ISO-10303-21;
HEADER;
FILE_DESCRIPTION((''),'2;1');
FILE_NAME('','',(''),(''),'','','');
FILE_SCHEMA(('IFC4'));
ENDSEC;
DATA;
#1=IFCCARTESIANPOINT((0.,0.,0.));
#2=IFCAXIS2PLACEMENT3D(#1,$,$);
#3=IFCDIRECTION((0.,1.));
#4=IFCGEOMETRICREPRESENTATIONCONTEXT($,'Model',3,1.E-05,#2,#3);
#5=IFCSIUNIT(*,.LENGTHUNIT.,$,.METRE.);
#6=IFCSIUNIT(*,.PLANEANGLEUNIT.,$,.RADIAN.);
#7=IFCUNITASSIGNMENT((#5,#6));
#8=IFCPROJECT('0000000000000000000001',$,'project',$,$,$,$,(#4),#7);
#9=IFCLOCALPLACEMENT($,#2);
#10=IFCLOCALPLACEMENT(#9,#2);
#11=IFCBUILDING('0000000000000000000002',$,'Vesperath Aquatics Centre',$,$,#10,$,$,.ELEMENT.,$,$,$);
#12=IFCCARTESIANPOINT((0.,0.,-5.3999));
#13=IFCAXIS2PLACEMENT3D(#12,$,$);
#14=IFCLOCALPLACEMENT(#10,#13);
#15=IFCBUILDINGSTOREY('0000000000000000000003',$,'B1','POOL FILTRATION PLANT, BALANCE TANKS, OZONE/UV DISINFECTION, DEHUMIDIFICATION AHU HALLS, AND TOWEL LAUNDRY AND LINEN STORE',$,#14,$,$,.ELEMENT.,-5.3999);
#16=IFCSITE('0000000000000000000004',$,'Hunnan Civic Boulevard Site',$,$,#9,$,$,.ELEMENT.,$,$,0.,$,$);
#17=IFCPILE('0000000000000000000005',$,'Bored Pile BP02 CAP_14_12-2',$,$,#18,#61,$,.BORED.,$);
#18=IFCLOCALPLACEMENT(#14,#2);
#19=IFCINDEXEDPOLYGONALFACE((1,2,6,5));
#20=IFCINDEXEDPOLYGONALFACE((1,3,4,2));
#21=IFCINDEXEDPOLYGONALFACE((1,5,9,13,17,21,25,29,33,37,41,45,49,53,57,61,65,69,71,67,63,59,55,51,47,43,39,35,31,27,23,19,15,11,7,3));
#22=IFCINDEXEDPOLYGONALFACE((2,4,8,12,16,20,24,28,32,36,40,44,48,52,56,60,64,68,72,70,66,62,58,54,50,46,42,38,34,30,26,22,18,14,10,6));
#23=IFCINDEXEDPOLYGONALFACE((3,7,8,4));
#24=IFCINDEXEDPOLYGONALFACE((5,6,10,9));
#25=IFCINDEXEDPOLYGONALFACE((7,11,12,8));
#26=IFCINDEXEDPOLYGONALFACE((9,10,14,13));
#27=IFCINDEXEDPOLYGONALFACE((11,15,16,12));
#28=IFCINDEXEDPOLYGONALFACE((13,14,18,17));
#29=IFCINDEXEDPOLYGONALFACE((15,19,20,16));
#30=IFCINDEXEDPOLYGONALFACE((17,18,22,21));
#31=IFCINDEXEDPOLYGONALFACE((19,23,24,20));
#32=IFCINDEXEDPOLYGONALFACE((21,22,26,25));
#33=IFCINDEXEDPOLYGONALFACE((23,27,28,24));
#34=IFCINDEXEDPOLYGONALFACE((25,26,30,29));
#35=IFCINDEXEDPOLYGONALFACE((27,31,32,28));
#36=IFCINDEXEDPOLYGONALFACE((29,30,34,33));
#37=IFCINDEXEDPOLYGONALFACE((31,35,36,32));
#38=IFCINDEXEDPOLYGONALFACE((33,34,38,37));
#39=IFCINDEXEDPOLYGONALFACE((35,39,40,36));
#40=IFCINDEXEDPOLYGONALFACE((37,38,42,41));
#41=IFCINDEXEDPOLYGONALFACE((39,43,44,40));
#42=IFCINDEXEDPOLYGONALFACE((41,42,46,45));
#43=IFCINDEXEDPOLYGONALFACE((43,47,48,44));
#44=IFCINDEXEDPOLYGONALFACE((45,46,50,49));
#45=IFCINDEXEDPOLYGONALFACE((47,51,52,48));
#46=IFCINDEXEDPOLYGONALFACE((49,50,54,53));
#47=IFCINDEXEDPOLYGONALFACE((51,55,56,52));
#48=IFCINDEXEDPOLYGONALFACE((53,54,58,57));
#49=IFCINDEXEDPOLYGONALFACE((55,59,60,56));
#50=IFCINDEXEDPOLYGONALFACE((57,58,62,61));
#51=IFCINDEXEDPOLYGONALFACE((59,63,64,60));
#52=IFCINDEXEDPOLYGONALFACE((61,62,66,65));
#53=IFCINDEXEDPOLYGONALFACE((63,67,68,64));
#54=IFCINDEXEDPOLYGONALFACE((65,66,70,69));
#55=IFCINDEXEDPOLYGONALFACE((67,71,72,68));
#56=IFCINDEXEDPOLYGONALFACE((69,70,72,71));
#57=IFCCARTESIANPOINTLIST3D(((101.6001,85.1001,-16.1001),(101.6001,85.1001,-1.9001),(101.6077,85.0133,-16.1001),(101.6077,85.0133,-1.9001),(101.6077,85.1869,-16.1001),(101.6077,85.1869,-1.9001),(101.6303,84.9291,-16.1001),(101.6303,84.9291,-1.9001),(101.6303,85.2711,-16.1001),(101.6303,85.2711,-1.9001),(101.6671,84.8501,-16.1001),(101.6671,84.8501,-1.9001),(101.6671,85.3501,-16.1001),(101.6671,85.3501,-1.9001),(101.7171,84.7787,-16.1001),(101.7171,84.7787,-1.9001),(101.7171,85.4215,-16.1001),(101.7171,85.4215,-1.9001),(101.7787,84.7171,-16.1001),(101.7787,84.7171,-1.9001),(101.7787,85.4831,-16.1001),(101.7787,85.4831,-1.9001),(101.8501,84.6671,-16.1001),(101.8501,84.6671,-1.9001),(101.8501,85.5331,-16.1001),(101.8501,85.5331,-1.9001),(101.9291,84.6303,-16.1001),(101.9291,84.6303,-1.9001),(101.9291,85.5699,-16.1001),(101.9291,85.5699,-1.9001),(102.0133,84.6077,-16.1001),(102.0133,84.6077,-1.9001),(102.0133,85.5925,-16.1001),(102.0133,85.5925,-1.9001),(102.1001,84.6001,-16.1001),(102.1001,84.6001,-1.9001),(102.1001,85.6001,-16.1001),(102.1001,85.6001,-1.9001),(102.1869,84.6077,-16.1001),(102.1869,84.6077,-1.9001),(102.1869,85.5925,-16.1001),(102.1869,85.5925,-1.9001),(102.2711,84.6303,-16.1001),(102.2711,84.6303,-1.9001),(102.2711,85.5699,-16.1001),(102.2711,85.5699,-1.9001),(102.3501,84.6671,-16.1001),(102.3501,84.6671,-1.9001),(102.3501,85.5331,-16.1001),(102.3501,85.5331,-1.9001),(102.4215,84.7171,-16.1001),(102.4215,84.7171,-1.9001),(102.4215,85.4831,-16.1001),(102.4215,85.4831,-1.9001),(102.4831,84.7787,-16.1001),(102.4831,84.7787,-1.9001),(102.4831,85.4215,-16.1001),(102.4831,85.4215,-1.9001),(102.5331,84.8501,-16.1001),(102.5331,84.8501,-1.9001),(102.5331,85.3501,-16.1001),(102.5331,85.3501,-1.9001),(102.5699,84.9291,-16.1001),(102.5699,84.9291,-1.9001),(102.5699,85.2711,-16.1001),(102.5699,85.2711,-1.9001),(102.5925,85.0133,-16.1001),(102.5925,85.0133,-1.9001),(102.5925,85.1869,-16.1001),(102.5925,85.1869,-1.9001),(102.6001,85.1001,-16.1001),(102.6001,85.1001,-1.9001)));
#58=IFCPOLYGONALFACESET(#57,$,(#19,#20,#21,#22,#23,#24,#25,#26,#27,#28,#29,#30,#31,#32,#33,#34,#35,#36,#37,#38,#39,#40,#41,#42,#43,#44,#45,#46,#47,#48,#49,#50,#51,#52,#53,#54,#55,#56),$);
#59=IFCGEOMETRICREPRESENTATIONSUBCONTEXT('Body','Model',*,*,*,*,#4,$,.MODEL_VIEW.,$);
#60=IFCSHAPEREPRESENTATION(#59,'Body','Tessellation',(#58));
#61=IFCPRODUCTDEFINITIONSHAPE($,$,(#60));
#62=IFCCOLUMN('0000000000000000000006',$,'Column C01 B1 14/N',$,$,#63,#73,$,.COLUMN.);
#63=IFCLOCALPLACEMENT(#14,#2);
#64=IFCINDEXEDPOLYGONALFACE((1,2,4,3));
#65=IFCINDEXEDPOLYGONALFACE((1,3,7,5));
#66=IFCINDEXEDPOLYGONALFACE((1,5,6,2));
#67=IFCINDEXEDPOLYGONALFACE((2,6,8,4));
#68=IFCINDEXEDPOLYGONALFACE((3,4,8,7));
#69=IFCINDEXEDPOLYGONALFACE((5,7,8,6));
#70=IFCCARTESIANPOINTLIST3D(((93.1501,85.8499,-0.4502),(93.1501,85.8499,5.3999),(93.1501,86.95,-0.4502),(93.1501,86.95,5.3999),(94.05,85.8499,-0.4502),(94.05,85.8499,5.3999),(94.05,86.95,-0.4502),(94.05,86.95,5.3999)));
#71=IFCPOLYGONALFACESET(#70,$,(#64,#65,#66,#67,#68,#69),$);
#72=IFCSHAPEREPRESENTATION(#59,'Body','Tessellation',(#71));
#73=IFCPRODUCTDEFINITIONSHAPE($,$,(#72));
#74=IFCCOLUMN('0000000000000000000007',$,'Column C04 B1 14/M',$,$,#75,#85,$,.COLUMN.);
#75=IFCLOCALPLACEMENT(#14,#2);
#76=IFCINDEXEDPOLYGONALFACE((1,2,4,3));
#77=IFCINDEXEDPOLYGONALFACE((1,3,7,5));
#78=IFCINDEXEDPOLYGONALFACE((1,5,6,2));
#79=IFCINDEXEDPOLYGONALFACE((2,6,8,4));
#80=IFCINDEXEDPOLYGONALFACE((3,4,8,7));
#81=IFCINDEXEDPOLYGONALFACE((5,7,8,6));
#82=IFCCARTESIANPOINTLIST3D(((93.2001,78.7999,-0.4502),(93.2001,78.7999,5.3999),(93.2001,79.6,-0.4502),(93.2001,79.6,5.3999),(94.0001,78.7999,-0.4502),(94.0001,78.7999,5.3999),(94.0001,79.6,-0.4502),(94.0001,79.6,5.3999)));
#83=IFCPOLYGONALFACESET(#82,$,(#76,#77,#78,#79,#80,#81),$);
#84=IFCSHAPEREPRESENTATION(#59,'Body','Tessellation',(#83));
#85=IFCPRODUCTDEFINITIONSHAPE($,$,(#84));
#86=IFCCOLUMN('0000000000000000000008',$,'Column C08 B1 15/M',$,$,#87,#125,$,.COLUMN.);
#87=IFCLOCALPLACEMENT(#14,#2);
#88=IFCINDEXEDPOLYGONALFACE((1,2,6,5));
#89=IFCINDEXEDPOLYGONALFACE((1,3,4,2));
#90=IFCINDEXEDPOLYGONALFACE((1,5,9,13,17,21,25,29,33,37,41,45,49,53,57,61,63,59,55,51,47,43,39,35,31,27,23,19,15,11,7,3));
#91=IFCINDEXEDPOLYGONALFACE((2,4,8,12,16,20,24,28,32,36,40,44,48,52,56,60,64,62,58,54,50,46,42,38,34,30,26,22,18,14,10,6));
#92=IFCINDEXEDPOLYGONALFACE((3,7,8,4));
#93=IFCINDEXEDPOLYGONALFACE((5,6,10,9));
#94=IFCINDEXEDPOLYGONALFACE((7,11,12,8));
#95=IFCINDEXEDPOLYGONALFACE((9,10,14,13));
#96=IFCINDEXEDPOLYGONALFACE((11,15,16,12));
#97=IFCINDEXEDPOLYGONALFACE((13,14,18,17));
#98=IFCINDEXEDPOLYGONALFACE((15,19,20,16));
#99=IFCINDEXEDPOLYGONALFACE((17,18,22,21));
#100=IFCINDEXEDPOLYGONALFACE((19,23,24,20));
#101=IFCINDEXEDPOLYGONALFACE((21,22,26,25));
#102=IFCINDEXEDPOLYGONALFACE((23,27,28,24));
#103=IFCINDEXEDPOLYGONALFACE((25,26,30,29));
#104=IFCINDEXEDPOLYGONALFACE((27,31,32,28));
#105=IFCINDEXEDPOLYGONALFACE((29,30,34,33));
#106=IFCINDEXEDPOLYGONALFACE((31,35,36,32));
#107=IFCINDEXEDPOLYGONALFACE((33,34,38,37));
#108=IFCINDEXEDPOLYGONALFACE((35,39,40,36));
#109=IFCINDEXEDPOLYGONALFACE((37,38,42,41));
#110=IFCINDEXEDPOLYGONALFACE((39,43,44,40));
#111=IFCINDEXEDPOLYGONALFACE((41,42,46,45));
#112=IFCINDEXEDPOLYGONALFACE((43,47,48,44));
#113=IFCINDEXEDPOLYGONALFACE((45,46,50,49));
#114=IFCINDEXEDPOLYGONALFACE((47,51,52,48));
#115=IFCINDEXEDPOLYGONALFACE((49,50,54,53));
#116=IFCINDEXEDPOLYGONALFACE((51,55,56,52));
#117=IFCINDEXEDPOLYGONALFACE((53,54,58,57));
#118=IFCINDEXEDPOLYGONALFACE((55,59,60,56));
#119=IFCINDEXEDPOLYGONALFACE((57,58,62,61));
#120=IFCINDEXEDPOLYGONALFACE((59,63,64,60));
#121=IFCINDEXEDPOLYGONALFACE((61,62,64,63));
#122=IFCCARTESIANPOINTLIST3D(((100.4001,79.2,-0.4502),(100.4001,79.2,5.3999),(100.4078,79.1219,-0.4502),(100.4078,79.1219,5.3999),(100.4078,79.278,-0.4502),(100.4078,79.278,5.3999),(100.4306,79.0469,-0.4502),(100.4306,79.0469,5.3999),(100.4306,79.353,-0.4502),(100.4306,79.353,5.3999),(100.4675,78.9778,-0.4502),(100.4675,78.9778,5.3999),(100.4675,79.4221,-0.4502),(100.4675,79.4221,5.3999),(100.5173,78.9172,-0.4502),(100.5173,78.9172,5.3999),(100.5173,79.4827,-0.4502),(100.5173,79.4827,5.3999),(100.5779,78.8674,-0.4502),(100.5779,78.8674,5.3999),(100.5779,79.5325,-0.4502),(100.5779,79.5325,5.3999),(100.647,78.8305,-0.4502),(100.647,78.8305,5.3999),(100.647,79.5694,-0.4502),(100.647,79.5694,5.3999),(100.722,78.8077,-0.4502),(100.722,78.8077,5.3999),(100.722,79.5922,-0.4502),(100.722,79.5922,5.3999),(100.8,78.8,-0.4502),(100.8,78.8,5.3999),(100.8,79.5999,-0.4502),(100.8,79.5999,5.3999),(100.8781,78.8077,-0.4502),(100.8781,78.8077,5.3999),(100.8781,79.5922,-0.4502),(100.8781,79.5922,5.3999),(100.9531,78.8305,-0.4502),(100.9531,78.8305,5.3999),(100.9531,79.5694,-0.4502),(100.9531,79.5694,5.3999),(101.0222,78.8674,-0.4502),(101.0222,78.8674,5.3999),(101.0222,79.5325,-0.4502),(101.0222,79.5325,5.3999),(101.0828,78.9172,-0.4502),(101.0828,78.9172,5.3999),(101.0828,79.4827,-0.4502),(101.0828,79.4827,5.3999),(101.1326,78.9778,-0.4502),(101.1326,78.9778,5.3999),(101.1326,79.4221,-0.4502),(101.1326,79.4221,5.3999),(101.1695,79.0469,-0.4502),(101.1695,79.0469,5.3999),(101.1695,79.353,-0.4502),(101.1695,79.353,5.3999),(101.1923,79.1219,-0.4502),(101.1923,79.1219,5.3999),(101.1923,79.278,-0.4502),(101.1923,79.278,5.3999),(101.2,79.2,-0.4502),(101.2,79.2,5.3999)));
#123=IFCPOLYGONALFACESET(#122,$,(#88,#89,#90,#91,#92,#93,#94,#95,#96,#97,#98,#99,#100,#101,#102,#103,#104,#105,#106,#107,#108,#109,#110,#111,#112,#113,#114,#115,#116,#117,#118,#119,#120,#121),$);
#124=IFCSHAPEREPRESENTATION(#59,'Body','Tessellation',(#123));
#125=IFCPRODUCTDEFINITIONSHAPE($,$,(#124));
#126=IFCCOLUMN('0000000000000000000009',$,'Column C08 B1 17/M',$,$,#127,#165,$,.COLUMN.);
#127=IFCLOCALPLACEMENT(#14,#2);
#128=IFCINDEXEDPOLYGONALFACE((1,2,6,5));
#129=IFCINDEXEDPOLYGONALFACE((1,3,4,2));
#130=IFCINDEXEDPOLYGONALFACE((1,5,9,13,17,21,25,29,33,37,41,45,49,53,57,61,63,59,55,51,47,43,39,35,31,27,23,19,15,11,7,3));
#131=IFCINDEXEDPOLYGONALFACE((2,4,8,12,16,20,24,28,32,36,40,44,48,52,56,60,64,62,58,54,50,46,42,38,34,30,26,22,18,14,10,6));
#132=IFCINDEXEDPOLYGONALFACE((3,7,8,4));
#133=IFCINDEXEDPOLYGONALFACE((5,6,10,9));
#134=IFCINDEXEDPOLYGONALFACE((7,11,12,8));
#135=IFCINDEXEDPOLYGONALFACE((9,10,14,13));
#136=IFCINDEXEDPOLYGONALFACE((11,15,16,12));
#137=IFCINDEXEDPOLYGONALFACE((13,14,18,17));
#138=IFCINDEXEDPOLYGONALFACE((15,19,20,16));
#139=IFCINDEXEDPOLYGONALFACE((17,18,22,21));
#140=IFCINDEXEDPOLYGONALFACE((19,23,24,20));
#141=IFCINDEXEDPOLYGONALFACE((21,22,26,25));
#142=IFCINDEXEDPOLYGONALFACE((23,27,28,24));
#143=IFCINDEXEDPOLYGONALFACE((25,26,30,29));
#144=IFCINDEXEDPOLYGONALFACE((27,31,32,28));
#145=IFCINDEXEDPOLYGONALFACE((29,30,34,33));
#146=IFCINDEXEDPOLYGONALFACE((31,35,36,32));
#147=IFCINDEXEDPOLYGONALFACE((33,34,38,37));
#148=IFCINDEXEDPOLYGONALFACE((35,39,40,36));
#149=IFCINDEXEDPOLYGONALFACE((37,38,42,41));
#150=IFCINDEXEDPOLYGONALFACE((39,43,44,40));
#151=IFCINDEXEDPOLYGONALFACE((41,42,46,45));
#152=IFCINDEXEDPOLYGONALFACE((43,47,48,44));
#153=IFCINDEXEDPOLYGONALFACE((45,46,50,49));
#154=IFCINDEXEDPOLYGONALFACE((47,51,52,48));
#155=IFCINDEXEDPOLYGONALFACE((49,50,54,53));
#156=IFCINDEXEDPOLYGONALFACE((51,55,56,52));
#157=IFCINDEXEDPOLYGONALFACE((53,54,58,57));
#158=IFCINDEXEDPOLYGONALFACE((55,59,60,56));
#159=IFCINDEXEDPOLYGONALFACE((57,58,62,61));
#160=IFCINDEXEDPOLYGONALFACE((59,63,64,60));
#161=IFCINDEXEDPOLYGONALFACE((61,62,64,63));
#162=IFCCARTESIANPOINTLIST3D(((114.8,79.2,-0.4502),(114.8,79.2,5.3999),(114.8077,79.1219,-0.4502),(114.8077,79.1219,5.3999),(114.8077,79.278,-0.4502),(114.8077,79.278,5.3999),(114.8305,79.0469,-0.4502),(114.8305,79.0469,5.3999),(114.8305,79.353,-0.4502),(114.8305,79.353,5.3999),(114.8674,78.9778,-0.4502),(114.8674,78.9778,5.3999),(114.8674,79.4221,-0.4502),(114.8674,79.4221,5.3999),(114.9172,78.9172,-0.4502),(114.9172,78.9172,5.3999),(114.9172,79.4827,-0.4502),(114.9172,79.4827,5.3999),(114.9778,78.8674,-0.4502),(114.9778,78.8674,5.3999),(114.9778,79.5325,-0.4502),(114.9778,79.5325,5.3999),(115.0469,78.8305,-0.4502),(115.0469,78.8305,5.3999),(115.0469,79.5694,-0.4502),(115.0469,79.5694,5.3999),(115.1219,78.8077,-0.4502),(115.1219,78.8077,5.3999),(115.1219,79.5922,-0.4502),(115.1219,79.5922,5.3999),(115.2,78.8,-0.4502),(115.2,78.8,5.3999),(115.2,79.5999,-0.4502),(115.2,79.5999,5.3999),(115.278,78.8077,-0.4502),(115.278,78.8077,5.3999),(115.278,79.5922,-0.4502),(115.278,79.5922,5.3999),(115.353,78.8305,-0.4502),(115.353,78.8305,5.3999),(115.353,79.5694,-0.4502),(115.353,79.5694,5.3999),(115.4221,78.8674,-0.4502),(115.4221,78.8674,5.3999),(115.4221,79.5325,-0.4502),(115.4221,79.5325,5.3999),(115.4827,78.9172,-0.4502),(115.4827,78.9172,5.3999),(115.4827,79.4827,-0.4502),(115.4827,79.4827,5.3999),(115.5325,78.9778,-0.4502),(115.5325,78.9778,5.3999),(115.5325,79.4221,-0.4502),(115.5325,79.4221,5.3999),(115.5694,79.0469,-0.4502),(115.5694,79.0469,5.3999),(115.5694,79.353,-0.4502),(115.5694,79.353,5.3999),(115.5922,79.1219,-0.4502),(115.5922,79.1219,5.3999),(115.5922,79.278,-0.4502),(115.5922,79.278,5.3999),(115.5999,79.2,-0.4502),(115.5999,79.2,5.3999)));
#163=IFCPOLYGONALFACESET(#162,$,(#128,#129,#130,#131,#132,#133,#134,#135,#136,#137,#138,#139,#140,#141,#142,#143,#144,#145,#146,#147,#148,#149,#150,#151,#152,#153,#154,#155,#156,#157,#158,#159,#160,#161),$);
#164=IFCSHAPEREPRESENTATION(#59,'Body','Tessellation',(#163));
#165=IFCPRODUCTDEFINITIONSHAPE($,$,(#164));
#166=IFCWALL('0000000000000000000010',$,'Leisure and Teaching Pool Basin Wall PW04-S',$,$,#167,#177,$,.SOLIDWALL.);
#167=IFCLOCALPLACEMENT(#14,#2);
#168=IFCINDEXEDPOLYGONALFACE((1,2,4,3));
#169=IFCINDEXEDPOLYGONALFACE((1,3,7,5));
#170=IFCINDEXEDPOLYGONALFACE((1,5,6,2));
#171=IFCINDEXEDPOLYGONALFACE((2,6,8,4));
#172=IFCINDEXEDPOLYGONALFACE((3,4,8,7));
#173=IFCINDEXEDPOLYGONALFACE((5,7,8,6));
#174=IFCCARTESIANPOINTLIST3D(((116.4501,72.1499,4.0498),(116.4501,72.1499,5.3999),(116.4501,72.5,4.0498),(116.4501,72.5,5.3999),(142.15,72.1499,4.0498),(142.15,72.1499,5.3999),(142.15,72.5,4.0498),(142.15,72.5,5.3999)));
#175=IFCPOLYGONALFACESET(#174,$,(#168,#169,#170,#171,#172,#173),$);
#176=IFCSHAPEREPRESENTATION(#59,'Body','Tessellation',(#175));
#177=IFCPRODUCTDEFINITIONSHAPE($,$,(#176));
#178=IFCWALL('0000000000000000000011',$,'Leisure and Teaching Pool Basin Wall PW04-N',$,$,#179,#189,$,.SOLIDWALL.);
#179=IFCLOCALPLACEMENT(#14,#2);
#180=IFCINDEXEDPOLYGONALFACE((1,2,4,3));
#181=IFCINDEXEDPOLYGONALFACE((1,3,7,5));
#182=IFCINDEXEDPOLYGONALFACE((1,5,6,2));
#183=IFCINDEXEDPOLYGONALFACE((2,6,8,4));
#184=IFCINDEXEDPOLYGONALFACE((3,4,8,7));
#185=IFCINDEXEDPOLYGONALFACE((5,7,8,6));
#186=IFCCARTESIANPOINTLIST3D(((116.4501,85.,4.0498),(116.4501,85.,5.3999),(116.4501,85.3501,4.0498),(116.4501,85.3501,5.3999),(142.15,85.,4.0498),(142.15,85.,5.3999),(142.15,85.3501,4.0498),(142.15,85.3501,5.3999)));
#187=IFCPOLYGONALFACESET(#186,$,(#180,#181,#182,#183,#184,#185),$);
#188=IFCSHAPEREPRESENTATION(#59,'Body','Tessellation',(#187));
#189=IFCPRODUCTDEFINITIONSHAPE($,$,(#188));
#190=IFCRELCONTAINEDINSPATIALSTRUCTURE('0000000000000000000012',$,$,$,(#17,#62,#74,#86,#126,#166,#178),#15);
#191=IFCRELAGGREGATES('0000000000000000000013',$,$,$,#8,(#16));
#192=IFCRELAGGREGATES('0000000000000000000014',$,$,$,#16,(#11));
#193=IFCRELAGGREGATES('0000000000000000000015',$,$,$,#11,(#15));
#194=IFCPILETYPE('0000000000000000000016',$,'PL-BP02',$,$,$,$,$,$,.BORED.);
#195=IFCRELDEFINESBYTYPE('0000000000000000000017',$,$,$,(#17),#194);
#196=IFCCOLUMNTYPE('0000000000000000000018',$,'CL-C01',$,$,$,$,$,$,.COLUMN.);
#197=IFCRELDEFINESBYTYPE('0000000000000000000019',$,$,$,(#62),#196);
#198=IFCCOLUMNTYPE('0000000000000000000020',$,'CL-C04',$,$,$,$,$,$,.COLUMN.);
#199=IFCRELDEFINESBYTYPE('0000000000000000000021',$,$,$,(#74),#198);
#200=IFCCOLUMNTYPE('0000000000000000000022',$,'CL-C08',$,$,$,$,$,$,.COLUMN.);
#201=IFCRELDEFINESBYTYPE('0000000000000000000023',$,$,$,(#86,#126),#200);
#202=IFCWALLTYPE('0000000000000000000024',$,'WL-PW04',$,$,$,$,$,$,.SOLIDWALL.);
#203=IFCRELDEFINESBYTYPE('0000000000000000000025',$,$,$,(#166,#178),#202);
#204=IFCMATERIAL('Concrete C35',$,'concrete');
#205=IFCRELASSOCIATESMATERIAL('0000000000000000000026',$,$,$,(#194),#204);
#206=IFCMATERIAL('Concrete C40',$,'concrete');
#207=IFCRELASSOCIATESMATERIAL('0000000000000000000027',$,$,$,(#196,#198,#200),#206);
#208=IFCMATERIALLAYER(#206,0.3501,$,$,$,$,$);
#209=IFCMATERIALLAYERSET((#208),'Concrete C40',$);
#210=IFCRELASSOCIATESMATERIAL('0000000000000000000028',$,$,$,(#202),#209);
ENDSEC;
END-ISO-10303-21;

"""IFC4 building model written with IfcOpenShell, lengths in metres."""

from ifc_helpers import new_model, si_unit, direction, frame, frame_2d, origin, origin_2d, place, context, subcontext, project, spatial, rectangle, circle, extrude, material, layer, layer_set, material_profile, profile_set, type_object, element, save


model = new_model("IFC4")

# Units and contexts
model_context = context("Model", 3, precision=1e-05, world=origin(), true_north=direction((0.0, 1.0)))
body_context = subcontext(model_context, "Body", "Model", "MODEL_VIEW")
ifc_project = project(units=[si_unit("LENGTHUNIT", "METRE"), si_unit("PLANEANGLEUNIT", "RADIAN")], contexts=[model_context])

# Site, building, storey
site_placement = place(None, origin())
site = spatial("IfcSite", under=ifc_project, at=site_placement, Name="Hunnan Civic Boulevard Site", CompositionType="ELEMENT", RefElevation=0.0)
building_placement = place(site_placement, origin())
building = spatial("IfcBuilding", under=site, at=building_placement, Name="Vesperath Aquatics Centre", CompositionType="ELEMENT")
storey_placement = place(building_placement, frame((0.0, 0.0, -5.3999)))
storey = spatial("IfcBuildingStorey", under=building, at=storey_placement, Name="B1", Description="POOL FILTRATION PLANT, BALANCE TANKS, OZONE/UV DISINFECTION, DEHUMIDIFICATION AHU HALLS, AND TOWEL LAUNDRY AND LINEN STORE", CompositionType="ELEMENT", Elevation=-5.3999)

# Shared definitions
ifc_material_1 = material(Name="Concrete C40", Category="concrete")

# Pile
ifc_material_2 = material(Name="Concrete C35", Category="concrete")
ifc_material_profile_1 = material_profile(ifc_material_2, circle(Radius=0.5, at=origin_2d()), Name="PILE D1000")
ifc_profile_set_1 = profile_set([ifc_material_profile_1], Name="Concrete C35")
pile_type_1 = type_object("IfcPileType", Name="PL-BP02", PredefinedType="BORED", material=ifc_profile_set_1)
for number, where, z_axis, x_axis, name in (
    (1, (102.1001, 85.1001, -1.9001), (0.0, 0.0, -1.0), (1.0, 0.0, 0.0), "Bored Pile BP02 CAP_14_12-2"),
):
    element("IfcPile", number, at=place(storey_placement, frame(where, z_axis=z_axis, x_axis=x_axis)), inside=storey, type_object=pile_type_1, Name=name, PredefinedType="BORED", context=body_context, shape_type="SweptSolid", body=[
        extrude(circle(Radius=0.5, at=origin_2d()), origin(), (0.0, 0.0, 1.0), 14.2),
    ])

# Columns
ifc_material_profile_2 = material_profile(ifc_material_1, rectangle(XDim=0.8999, YDim=1.1001, at=origin_2d()), Name="RC 1100x900")
ifc_profile_set_2 = profile_set([ifc_material_profile_2], Name="Concrete C40")
column_type_1 = type_object("IfcColumnType", Name="CL-C01", PredefinedType="COLUMN", material=ifc_profile_set_2)
column_1_placement = place(storey_placement, frame((93.6001, 86.3999, -0.4502), z_axis=(0.0, 0.0, 1.0), x_axis=(1.0, 0.0, 0.0)))
element("IfcColumn", 2, at=column_1_placement, inside=storey, type_object=column_type_1, Name="Column C01 B1 14/N", PredefinedType="COLUMN", context=body_context, shape_type="SweptSolid", body=[
    extrude(rectangle(XDim=0.8999, YDim=1.1001, at=origin_2d()), origin(), (0.0, 0.0, 1.0), 5.8501),
])
ifc_material_profile_3 = material_profile(ifc_material_1, rectangle(XDim=0.8, YDim=0.8, at=origin_2d()), Name="RC 800x800")
ifc_profile_set_3 = profile_set([ifc_material_profile_3], Name="Concrete C40")
column_type_2 = type_object("IfcColumnType", Name="CL-C04", PredefinedType="COLUMN", material=ifc_profile_set_3)
column_2_placement = place(storey_placement, frame((93.6001, 79.2, -0.4502), z_axis=(0.0, 0.0, 1.0), x_axis=(1.0, 0.0, 0.0)))
element("IfcColumn", 3, at=column_2_placement, inside=storey, type_object=column_type_2, Name="Column C04 B1 14/M", PredefinedType="COLUMN", context=body_context, shape_type="SweptSolid", body=[
    extrude(rectangle(XDim=0.8, YDim=0.8, at=origin_2d()), origin(), (0.0, 0.0, 1.0), 5.8501),
])
ifc_material_profile_4 = material_profile(ifc_material_1, circle(Radius=0.3999, at=origin_2d()), Name="RC D800")
ifc_profile_set_4 = profile_set([ifc_material_profile_4], Name="Concrete C40")
column_type_3 = type_object("IfcColumnType", Name="CL-C08", PredefinedType="COLUMN", material=ifc_profile_set_4)
for number, where, z_axis, x_axis, name in (
    (4, (100.8, 79.2, -0.4502), (0.0, 0.0, 1.0), (1.0, 0.0, 0.0), "Column C08 B1 15/M"),
    (5, (115.2, 79.2, -0.4502), (0.0, 0.0, 1.0), (1.0, 0.0, 0.0), "Column C08 B1 17/M"),
):
    element("IfcColumn", number, at=place(storey_placement, frame(where, z_axis=z_axis, x_axis=x_axis)), inside=storey, type_object=column_type_3, Name=name, PredefinedType="COLUMN", context=body_context, shape_type="SweptSolid", body=[
        extrude(circle(Radius=0.3999, at=origin_2d()), origin(), (0.0, 0.0, 1.0), 5.8501),
    ])

# Walls
ifc_layer = layer(ifc_material_1, 0.3501)
ifc_layer_set = layer_set([ifc_layer], Name="Concrete C40")
wall_type = type_object("IfcWallType", Name="WL-PW04", PredefinedType="SOLIDWALL", material=ifc_layer_set)
for number, where, z_axis, x_axis, name in (
    (6, (116.45, 72.325, 4.0498), (0.0, 0.0, 1.0), (1.0, 0.0, 0.0), "Leisure and Teaching Pool Basin Wall PW04-S"),
    (7, (116.45, 85.175, 4.0498), (0.0, 0.0, 1.0), (1.0, 0.0, 0.0), "Leisure and Teaching Pool Basin Wall PW04-N"),
):
    element("IfcWall", number, at=place(storey_placement, frame(where, z_axis=z_axis, x_axis=x_axis)), inside=storey, type_object=wall_type, Name=name, PredefinedType="SOLIDWALL", context=body_context, shape_type="SweptSolid", body=[
        extrude(rectangle(XDim=25.7, YDim=0.3501, at=frame_2d((12.8501, 0.0))), origin(), (0.0, 0.0, 1.0), 1.3501),
    ])

save(model, "model.ifc")
